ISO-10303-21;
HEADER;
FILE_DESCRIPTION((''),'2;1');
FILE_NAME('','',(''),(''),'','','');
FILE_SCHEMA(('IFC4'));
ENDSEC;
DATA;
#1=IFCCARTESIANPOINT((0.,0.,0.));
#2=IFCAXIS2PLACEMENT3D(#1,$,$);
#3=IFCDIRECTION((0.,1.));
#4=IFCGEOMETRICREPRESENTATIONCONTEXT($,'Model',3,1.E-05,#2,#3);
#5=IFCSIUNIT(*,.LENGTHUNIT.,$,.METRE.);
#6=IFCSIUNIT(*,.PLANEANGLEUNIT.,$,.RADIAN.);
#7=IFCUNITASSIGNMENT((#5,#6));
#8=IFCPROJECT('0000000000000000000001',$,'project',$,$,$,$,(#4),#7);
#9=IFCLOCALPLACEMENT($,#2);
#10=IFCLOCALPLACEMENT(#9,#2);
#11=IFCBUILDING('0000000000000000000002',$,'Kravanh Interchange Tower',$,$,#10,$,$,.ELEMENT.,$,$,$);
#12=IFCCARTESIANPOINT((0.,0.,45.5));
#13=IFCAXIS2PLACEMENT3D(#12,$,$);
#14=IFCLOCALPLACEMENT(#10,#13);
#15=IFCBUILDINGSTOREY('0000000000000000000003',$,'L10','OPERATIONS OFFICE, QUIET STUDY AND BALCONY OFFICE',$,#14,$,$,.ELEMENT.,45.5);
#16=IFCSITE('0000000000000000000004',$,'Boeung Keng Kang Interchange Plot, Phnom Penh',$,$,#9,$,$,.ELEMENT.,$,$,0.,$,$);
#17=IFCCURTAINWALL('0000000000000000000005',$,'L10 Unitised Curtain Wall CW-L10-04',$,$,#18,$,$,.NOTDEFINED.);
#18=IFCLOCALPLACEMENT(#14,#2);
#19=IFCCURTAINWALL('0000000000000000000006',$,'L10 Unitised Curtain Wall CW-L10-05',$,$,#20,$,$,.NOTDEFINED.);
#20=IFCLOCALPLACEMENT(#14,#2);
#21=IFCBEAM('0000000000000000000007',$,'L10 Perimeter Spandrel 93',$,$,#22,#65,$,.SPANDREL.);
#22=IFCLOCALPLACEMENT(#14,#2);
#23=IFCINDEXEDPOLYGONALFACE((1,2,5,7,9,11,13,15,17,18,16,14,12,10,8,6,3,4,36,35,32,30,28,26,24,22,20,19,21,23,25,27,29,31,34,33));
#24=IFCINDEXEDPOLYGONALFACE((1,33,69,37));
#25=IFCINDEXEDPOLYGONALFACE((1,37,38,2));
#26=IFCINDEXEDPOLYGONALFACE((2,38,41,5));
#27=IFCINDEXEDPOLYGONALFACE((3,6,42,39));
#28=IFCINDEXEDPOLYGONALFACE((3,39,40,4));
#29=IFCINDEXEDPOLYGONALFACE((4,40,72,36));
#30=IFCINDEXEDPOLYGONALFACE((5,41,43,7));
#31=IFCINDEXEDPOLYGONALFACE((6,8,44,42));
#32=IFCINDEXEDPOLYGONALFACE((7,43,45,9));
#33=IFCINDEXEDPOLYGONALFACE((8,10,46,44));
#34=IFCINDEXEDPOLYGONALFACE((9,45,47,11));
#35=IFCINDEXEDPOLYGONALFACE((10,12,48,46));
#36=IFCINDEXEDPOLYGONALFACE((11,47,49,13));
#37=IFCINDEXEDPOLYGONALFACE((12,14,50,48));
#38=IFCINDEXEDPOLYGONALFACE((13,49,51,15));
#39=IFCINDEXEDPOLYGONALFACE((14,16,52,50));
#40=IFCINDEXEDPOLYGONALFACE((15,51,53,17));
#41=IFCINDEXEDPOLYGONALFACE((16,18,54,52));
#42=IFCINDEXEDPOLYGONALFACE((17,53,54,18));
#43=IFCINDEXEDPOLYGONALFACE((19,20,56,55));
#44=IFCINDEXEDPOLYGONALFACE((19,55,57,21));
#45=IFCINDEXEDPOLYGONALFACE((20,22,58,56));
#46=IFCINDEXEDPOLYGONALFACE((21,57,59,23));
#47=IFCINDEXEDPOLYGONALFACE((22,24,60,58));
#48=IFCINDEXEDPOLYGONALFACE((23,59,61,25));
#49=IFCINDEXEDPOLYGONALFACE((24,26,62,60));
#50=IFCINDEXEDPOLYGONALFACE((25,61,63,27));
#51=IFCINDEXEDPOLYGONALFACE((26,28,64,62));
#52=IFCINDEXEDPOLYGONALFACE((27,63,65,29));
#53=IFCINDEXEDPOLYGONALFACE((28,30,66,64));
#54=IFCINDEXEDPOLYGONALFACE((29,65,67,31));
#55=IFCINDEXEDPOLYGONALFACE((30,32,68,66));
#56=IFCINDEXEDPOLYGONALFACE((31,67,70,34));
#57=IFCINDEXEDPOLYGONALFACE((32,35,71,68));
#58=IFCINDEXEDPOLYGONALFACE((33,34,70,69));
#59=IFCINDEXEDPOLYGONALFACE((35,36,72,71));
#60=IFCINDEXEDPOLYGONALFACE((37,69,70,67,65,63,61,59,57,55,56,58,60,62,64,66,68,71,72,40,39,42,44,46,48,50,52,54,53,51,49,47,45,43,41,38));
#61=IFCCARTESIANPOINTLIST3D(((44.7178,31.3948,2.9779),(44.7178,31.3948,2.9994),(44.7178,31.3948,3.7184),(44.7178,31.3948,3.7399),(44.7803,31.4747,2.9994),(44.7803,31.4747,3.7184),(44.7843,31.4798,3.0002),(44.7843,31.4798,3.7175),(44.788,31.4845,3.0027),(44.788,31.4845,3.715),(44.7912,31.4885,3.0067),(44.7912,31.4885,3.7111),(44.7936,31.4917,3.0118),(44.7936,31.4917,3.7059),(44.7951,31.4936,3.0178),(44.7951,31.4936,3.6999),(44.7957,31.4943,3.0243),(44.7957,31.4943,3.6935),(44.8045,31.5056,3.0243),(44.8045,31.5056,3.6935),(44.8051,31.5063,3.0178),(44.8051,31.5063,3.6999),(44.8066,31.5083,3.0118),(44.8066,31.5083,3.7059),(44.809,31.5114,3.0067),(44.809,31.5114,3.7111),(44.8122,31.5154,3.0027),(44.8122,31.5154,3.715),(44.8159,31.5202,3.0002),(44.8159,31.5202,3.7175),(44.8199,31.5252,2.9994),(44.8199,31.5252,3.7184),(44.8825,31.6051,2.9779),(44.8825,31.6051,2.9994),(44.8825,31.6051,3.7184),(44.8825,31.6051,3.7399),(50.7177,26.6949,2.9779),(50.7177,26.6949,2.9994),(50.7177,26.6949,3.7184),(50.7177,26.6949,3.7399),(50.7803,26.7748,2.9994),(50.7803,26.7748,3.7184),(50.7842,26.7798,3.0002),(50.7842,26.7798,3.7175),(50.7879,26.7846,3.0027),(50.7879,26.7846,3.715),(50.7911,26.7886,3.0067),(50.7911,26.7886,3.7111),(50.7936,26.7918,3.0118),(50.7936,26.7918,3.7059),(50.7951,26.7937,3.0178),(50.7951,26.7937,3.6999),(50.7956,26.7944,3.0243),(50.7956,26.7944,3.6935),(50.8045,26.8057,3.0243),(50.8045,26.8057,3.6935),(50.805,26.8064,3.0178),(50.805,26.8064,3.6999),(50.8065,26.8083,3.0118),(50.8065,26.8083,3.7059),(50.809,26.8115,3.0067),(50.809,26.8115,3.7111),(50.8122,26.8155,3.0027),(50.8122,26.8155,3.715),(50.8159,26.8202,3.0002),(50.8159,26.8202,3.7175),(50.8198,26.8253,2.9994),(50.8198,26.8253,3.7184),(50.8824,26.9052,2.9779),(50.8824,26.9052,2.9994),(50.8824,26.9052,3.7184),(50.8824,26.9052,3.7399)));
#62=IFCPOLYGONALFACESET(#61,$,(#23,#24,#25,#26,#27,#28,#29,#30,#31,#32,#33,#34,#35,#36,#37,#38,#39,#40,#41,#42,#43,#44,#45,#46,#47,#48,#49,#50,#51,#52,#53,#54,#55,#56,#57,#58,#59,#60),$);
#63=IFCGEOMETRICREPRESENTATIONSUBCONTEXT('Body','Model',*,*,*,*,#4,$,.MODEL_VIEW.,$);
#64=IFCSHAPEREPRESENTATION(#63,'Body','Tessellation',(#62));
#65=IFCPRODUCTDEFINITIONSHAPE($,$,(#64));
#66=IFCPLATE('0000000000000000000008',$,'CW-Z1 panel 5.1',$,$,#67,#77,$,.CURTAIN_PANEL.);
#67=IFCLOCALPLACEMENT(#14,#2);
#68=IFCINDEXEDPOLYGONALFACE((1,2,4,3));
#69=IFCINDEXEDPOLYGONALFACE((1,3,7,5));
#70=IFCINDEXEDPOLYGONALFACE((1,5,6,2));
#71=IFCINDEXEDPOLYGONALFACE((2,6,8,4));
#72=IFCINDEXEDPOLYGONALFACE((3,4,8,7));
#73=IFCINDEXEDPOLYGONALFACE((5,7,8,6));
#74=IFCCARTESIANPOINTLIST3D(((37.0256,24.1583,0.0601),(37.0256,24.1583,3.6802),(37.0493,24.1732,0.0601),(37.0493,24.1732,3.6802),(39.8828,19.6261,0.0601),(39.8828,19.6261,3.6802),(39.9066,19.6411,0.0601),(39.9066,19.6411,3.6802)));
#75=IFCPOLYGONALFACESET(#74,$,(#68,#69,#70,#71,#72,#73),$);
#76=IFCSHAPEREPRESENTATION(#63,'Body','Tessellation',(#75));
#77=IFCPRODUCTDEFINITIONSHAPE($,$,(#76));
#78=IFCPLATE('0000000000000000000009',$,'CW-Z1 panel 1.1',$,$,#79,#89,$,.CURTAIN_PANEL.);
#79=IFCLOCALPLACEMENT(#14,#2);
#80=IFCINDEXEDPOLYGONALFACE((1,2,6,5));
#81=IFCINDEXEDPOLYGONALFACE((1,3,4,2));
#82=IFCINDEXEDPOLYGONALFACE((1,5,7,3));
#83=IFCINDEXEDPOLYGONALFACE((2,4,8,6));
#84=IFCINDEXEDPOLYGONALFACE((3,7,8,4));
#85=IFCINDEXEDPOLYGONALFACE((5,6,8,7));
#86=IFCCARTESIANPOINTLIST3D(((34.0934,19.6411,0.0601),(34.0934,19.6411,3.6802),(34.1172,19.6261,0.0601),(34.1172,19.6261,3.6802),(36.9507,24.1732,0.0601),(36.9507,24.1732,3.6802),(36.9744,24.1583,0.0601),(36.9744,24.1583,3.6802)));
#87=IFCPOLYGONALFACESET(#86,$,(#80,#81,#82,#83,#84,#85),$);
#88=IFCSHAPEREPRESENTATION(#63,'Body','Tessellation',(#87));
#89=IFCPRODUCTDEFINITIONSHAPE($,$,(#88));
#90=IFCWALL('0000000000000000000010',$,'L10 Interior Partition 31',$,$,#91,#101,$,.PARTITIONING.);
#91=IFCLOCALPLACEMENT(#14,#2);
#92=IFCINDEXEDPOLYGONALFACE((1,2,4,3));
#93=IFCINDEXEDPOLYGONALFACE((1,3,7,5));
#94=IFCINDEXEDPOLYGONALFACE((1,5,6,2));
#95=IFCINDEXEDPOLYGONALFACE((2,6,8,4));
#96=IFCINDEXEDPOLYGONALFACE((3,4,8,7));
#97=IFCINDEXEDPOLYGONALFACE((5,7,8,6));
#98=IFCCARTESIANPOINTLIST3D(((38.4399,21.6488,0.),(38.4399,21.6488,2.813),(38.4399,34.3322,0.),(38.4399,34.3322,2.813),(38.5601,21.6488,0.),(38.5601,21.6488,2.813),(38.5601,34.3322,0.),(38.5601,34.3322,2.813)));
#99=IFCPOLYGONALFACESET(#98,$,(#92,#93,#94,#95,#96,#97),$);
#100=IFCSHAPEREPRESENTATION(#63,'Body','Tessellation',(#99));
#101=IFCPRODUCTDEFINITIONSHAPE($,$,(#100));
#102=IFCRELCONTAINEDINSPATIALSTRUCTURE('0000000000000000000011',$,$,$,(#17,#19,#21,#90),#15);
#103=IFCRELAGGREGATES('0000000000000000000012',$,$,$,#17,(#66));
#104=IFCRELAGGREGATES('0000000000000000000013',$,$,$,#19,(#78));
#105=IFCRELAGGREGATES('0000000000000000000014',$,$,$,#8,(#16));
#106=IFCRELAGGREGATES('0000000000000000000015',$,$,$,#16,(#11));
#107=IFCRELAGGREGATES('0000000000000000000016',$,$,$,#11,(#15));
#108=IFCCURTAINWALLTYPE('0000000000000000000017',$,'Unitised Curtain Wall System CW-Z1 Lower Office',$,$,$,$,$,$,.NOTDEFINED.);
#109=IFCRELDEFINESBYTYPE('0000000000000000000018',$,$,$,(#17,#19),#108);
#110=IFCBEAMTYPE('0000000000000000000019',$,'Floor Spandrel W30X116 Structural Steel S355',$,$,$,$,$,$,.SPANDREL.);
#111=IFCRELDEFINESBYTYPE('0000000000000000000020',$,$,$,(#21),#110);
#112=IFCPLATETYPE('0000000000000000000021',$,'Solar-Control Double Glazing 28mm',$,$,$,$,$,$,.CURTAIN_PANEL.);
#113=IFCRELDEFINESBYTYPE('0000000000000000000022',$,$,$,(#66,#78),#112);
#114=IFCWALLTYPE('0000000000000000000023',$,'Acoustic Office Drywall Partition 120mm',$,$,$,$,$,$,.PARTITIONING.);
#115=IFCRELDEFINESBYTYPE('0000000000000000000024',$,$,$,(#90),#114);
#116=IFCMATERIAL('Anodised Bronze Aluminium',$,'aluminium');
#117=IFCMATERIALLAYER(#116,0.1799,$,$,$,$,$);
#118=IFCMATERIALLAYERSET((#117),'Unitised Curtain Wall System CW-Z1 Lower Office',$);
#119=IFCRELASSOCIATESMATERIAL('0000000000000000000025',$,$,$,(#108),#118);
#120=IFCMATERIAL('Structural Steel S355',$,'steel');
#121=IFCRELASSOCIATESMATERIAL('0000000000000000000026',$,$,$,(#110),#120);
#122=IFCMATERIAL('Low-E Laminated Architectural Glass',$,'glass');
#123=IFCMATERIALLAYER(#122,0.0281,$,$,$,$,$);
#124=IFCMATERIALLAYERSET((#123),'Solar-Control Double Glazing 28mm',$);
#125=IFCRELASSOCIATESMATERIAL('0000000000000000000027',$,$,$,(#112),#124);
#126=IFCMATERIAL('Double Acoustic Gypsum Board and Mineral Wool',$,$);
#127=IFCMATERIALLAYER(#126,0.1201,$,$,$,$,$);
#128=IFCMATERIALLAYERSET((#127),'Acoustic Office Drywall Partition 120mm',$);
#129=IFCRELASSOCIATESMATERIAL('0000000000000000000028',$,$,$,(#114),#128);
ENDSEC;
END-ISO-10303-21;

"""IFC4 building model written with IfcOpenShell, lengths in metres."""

from ifc_helpers import new_model, si_unit, direction, frame, frame_2d, origin, origin_2d, place, context, subcontext, project, spatial, rectangle, i_section, extrude, material, layer, layer_set, material_profile, profile_set, type_object, element, aggregate, save


model = new_model("IFC4")

# Units and contexts
model_context = context("Model", 3, precision=1e-05, world=origin(), true_north=direction((0.0, 1.0)))
body_context = subcontext(model_context, "Body", "Model", "MODEL_VIEW")
ifc_project = project(units=[si_unit("LENGTHUNIT", "METRE"), si_unit("PLANEANGLEUNIT", "RADIAN")], contexts=[model_context])

# Site, building, storey
site_placement = place(None, origin())
site = spatial("IfcSite", under=ifc_project, at=site_placement, Name="Boeung Keng Kang Interchange Plot, Phnom Penh", CompositionType="ELEMENT", RefElevation=0.0)
building_placement = place(site_placement, origin())
building = spatial("IfcBuilding", under=site, at=building_placement, Name="Kravanh Interchange Tower", CompositionType="ELEMENT")
storey_placement = place(building_placement, frame((0.0, 0.0, 45.5)))
storey = spatial("IfcBuildingStorey", under=building, at=storey_placement, Name="L10", Description="OPERATIONS OFFICE, QUIET STUDY AND BALCONY OFFICE", CompositionType="ELEMENT", Elevation=45.5)

# Curtain walls
ifc_material_1 = material(Name="Anodised Bronze Aluminium", Category="aluminium")
ifc_layer_1 = layer(ifc_material_1, 0.1799)
ifc_layer_set_1 = layer_set([ifc_layer_1], Name="Unitised Curtain Wall System CW-Z1 Lower Office")
curtain_wall_type = type_object("IfcCurtainWallType", Name="Unitised Curtain Wall System CW-Z1 Lower Office", PredefinedType="NOTDEFINED", material=ifc_layer_set_1)
curtain_wall_1_placement = place(storey_placement, origin())
curtain_wall_1 = element("IfcCurtainWall", 1, at=curtain_wall_1_placement, inside=storey, type_object=curtain_wall_type, Name="L10 Unitised Curtain Wall CW-L10-04", PredefinedType="NOTDEFINED")
curtain_wall_2_placement = place(storey_placement, origin())
curtain_wall_2 = element("IfcCurtainWall", 2, at=curtain_wall_2_placement, inside=storey, type_object=curtain_wall_type, Name="L10 Unitised Curtain Wall CW-L10-05", PredefinedType="NOTDEFINED")

# Beam
ifc_material_2 = material(Name="Structural Steel S355", Category="steel")
ifc_material_profile_1 = material_profile(ifc_material_2, i_section(OverallWidth=0.2671, OverallDepth=0.762, WebThickness=0.0144, FlangeThickness=0.0215, FilletRadius=0.0249, at=origin_2d()), Name="W30X116")
ifc_profile_set_1 = profile_set([ifc_material_profile_1], Name="Structural Steel S355")
beam_type_1 = type_object("IfcBeamType", Name="Floor Spandrel W30X116 Structural Steel S355", PredefinedType="SPANDREL", material=ifc_profile_set_1)
beam_1_placement = place(storey_placement, frame((50.8, 26.8, 3.3589), z_axis=(-0.787231, 0.616658, 0.0), x_axis=(-0.616658, -0.787231, 0.0)))
element("IfcBeam", 3, at=beam_1_placement, inside=storey, type_object=beam_type_1, Name="L10 Perimeter Spandrel 93", PredefinedType="SPANDREL", context=body_context, shape_type="SweptSolid", body=[
    extrude(i_section(OverallWidth=0.2671, OverallDepth=0.762, WebThickness=0.0144, FlangeThickness=0.0215, FilletRadius=0.0249, at=origin_2d()), origin(), (0.0, 0.0, 1.0), 7.6216),
])

# Plates
ifc_material_3 = material(Name="Low-E Laminated Architectural Glass", Category="glass")
ifc_layer_2 = layer(ifc_material_3, 0.0281)
ifc_layer_set_2 = layer_set([ifc_layer_2], Name="Solar-Control Double Glazing 28mm")
plate_type = type_object("IfcPlateType", Name="Solar-Control Double Glazing 28mm", PredefinedType="CURTAIN_PANEL", material=ifc_layer_set_2)
plate_1_placement = place(storey_placement, frame((38.4661, 21.8997, 0.0601), z_axis=(0.0, 0.0, 1.0), x_axis=(-0.533301, 0.845926, 0.0)))
plate_1 = element("IfcPlate", 4, at=plate_1_placement, type_object=plate_type, Name="CW-Z1 panel 5.1", PredefinedType="CURTAIN_PANEL", context=body_context, shape_type="SweptSolid", body=[
    extrude(rectangle(XDim=5.3577, YDim=0.0281, at=origin_2d()), origin(), (0.0, 0.0, 1.0), 3.6201),
])
aggregate(curtain_wall_1, [plate_1])
plate_2_placement = place(storey_placement, frame((35.5339, 21.8997, 0.0601), z_axis=(0.0, 0.0, 1.0), x_axis=(-0.533301, -0.845926, 0.0)))
plate_2 = element("IfcPlate", 5, at=plate_2_placement, type_object=plate_type, Name="CW-Z1 panel 1.1", PredefinedType="CURTAIN_PANEL", context=body_context, shape_type="SweptSolid", body=[
    extrude(rectangle(XDim=5.3577, YDim=0.0281, at=origin_2d()), origin(), (0.0, 0.0, 1.0), 3.6201),
])
aggregate(curtain_wall_2, [plate_2])

# Wall
ifc_material_4 = material(Name="Double Acoustic Gypsum Board and Mineral Wool")
ifc_layer_3 = layer(ifc_material_4, 0.1201)
ifc_layer_set_3 = layer_set([ifc_layer_3], Name="Acoustic Office Drywall Partition 120mm")
wall_type = type_object("IfcWallType", Name="Acoustic Office Drywall Partition 120mm", PredefinedType="PARTITIONING", material=ifc_layer_set_3)
wall_placement = place(storey_placement, frame((38.5, 21.6487, 0.0), z_axis=(0.0, 0.0, 1.0), x_axis=(0.0, 1.0, 0.0)))
element("IfcWall", 6, at=wall_placement, inside=storey, type_object=wall_type, Name="L10 Interior Partition 31", PredefinedType="PARTITIONING", context=body_context, shape_type="SweptSolid", body=[
    extrude(rectangle(XDim=12.6833, YDim=0.1201, at=frame_2d((6.3418, 0.0))), origin(), (0.0, 0.0, 1.0), 2.813),
])

save(model, "model.ifc")
